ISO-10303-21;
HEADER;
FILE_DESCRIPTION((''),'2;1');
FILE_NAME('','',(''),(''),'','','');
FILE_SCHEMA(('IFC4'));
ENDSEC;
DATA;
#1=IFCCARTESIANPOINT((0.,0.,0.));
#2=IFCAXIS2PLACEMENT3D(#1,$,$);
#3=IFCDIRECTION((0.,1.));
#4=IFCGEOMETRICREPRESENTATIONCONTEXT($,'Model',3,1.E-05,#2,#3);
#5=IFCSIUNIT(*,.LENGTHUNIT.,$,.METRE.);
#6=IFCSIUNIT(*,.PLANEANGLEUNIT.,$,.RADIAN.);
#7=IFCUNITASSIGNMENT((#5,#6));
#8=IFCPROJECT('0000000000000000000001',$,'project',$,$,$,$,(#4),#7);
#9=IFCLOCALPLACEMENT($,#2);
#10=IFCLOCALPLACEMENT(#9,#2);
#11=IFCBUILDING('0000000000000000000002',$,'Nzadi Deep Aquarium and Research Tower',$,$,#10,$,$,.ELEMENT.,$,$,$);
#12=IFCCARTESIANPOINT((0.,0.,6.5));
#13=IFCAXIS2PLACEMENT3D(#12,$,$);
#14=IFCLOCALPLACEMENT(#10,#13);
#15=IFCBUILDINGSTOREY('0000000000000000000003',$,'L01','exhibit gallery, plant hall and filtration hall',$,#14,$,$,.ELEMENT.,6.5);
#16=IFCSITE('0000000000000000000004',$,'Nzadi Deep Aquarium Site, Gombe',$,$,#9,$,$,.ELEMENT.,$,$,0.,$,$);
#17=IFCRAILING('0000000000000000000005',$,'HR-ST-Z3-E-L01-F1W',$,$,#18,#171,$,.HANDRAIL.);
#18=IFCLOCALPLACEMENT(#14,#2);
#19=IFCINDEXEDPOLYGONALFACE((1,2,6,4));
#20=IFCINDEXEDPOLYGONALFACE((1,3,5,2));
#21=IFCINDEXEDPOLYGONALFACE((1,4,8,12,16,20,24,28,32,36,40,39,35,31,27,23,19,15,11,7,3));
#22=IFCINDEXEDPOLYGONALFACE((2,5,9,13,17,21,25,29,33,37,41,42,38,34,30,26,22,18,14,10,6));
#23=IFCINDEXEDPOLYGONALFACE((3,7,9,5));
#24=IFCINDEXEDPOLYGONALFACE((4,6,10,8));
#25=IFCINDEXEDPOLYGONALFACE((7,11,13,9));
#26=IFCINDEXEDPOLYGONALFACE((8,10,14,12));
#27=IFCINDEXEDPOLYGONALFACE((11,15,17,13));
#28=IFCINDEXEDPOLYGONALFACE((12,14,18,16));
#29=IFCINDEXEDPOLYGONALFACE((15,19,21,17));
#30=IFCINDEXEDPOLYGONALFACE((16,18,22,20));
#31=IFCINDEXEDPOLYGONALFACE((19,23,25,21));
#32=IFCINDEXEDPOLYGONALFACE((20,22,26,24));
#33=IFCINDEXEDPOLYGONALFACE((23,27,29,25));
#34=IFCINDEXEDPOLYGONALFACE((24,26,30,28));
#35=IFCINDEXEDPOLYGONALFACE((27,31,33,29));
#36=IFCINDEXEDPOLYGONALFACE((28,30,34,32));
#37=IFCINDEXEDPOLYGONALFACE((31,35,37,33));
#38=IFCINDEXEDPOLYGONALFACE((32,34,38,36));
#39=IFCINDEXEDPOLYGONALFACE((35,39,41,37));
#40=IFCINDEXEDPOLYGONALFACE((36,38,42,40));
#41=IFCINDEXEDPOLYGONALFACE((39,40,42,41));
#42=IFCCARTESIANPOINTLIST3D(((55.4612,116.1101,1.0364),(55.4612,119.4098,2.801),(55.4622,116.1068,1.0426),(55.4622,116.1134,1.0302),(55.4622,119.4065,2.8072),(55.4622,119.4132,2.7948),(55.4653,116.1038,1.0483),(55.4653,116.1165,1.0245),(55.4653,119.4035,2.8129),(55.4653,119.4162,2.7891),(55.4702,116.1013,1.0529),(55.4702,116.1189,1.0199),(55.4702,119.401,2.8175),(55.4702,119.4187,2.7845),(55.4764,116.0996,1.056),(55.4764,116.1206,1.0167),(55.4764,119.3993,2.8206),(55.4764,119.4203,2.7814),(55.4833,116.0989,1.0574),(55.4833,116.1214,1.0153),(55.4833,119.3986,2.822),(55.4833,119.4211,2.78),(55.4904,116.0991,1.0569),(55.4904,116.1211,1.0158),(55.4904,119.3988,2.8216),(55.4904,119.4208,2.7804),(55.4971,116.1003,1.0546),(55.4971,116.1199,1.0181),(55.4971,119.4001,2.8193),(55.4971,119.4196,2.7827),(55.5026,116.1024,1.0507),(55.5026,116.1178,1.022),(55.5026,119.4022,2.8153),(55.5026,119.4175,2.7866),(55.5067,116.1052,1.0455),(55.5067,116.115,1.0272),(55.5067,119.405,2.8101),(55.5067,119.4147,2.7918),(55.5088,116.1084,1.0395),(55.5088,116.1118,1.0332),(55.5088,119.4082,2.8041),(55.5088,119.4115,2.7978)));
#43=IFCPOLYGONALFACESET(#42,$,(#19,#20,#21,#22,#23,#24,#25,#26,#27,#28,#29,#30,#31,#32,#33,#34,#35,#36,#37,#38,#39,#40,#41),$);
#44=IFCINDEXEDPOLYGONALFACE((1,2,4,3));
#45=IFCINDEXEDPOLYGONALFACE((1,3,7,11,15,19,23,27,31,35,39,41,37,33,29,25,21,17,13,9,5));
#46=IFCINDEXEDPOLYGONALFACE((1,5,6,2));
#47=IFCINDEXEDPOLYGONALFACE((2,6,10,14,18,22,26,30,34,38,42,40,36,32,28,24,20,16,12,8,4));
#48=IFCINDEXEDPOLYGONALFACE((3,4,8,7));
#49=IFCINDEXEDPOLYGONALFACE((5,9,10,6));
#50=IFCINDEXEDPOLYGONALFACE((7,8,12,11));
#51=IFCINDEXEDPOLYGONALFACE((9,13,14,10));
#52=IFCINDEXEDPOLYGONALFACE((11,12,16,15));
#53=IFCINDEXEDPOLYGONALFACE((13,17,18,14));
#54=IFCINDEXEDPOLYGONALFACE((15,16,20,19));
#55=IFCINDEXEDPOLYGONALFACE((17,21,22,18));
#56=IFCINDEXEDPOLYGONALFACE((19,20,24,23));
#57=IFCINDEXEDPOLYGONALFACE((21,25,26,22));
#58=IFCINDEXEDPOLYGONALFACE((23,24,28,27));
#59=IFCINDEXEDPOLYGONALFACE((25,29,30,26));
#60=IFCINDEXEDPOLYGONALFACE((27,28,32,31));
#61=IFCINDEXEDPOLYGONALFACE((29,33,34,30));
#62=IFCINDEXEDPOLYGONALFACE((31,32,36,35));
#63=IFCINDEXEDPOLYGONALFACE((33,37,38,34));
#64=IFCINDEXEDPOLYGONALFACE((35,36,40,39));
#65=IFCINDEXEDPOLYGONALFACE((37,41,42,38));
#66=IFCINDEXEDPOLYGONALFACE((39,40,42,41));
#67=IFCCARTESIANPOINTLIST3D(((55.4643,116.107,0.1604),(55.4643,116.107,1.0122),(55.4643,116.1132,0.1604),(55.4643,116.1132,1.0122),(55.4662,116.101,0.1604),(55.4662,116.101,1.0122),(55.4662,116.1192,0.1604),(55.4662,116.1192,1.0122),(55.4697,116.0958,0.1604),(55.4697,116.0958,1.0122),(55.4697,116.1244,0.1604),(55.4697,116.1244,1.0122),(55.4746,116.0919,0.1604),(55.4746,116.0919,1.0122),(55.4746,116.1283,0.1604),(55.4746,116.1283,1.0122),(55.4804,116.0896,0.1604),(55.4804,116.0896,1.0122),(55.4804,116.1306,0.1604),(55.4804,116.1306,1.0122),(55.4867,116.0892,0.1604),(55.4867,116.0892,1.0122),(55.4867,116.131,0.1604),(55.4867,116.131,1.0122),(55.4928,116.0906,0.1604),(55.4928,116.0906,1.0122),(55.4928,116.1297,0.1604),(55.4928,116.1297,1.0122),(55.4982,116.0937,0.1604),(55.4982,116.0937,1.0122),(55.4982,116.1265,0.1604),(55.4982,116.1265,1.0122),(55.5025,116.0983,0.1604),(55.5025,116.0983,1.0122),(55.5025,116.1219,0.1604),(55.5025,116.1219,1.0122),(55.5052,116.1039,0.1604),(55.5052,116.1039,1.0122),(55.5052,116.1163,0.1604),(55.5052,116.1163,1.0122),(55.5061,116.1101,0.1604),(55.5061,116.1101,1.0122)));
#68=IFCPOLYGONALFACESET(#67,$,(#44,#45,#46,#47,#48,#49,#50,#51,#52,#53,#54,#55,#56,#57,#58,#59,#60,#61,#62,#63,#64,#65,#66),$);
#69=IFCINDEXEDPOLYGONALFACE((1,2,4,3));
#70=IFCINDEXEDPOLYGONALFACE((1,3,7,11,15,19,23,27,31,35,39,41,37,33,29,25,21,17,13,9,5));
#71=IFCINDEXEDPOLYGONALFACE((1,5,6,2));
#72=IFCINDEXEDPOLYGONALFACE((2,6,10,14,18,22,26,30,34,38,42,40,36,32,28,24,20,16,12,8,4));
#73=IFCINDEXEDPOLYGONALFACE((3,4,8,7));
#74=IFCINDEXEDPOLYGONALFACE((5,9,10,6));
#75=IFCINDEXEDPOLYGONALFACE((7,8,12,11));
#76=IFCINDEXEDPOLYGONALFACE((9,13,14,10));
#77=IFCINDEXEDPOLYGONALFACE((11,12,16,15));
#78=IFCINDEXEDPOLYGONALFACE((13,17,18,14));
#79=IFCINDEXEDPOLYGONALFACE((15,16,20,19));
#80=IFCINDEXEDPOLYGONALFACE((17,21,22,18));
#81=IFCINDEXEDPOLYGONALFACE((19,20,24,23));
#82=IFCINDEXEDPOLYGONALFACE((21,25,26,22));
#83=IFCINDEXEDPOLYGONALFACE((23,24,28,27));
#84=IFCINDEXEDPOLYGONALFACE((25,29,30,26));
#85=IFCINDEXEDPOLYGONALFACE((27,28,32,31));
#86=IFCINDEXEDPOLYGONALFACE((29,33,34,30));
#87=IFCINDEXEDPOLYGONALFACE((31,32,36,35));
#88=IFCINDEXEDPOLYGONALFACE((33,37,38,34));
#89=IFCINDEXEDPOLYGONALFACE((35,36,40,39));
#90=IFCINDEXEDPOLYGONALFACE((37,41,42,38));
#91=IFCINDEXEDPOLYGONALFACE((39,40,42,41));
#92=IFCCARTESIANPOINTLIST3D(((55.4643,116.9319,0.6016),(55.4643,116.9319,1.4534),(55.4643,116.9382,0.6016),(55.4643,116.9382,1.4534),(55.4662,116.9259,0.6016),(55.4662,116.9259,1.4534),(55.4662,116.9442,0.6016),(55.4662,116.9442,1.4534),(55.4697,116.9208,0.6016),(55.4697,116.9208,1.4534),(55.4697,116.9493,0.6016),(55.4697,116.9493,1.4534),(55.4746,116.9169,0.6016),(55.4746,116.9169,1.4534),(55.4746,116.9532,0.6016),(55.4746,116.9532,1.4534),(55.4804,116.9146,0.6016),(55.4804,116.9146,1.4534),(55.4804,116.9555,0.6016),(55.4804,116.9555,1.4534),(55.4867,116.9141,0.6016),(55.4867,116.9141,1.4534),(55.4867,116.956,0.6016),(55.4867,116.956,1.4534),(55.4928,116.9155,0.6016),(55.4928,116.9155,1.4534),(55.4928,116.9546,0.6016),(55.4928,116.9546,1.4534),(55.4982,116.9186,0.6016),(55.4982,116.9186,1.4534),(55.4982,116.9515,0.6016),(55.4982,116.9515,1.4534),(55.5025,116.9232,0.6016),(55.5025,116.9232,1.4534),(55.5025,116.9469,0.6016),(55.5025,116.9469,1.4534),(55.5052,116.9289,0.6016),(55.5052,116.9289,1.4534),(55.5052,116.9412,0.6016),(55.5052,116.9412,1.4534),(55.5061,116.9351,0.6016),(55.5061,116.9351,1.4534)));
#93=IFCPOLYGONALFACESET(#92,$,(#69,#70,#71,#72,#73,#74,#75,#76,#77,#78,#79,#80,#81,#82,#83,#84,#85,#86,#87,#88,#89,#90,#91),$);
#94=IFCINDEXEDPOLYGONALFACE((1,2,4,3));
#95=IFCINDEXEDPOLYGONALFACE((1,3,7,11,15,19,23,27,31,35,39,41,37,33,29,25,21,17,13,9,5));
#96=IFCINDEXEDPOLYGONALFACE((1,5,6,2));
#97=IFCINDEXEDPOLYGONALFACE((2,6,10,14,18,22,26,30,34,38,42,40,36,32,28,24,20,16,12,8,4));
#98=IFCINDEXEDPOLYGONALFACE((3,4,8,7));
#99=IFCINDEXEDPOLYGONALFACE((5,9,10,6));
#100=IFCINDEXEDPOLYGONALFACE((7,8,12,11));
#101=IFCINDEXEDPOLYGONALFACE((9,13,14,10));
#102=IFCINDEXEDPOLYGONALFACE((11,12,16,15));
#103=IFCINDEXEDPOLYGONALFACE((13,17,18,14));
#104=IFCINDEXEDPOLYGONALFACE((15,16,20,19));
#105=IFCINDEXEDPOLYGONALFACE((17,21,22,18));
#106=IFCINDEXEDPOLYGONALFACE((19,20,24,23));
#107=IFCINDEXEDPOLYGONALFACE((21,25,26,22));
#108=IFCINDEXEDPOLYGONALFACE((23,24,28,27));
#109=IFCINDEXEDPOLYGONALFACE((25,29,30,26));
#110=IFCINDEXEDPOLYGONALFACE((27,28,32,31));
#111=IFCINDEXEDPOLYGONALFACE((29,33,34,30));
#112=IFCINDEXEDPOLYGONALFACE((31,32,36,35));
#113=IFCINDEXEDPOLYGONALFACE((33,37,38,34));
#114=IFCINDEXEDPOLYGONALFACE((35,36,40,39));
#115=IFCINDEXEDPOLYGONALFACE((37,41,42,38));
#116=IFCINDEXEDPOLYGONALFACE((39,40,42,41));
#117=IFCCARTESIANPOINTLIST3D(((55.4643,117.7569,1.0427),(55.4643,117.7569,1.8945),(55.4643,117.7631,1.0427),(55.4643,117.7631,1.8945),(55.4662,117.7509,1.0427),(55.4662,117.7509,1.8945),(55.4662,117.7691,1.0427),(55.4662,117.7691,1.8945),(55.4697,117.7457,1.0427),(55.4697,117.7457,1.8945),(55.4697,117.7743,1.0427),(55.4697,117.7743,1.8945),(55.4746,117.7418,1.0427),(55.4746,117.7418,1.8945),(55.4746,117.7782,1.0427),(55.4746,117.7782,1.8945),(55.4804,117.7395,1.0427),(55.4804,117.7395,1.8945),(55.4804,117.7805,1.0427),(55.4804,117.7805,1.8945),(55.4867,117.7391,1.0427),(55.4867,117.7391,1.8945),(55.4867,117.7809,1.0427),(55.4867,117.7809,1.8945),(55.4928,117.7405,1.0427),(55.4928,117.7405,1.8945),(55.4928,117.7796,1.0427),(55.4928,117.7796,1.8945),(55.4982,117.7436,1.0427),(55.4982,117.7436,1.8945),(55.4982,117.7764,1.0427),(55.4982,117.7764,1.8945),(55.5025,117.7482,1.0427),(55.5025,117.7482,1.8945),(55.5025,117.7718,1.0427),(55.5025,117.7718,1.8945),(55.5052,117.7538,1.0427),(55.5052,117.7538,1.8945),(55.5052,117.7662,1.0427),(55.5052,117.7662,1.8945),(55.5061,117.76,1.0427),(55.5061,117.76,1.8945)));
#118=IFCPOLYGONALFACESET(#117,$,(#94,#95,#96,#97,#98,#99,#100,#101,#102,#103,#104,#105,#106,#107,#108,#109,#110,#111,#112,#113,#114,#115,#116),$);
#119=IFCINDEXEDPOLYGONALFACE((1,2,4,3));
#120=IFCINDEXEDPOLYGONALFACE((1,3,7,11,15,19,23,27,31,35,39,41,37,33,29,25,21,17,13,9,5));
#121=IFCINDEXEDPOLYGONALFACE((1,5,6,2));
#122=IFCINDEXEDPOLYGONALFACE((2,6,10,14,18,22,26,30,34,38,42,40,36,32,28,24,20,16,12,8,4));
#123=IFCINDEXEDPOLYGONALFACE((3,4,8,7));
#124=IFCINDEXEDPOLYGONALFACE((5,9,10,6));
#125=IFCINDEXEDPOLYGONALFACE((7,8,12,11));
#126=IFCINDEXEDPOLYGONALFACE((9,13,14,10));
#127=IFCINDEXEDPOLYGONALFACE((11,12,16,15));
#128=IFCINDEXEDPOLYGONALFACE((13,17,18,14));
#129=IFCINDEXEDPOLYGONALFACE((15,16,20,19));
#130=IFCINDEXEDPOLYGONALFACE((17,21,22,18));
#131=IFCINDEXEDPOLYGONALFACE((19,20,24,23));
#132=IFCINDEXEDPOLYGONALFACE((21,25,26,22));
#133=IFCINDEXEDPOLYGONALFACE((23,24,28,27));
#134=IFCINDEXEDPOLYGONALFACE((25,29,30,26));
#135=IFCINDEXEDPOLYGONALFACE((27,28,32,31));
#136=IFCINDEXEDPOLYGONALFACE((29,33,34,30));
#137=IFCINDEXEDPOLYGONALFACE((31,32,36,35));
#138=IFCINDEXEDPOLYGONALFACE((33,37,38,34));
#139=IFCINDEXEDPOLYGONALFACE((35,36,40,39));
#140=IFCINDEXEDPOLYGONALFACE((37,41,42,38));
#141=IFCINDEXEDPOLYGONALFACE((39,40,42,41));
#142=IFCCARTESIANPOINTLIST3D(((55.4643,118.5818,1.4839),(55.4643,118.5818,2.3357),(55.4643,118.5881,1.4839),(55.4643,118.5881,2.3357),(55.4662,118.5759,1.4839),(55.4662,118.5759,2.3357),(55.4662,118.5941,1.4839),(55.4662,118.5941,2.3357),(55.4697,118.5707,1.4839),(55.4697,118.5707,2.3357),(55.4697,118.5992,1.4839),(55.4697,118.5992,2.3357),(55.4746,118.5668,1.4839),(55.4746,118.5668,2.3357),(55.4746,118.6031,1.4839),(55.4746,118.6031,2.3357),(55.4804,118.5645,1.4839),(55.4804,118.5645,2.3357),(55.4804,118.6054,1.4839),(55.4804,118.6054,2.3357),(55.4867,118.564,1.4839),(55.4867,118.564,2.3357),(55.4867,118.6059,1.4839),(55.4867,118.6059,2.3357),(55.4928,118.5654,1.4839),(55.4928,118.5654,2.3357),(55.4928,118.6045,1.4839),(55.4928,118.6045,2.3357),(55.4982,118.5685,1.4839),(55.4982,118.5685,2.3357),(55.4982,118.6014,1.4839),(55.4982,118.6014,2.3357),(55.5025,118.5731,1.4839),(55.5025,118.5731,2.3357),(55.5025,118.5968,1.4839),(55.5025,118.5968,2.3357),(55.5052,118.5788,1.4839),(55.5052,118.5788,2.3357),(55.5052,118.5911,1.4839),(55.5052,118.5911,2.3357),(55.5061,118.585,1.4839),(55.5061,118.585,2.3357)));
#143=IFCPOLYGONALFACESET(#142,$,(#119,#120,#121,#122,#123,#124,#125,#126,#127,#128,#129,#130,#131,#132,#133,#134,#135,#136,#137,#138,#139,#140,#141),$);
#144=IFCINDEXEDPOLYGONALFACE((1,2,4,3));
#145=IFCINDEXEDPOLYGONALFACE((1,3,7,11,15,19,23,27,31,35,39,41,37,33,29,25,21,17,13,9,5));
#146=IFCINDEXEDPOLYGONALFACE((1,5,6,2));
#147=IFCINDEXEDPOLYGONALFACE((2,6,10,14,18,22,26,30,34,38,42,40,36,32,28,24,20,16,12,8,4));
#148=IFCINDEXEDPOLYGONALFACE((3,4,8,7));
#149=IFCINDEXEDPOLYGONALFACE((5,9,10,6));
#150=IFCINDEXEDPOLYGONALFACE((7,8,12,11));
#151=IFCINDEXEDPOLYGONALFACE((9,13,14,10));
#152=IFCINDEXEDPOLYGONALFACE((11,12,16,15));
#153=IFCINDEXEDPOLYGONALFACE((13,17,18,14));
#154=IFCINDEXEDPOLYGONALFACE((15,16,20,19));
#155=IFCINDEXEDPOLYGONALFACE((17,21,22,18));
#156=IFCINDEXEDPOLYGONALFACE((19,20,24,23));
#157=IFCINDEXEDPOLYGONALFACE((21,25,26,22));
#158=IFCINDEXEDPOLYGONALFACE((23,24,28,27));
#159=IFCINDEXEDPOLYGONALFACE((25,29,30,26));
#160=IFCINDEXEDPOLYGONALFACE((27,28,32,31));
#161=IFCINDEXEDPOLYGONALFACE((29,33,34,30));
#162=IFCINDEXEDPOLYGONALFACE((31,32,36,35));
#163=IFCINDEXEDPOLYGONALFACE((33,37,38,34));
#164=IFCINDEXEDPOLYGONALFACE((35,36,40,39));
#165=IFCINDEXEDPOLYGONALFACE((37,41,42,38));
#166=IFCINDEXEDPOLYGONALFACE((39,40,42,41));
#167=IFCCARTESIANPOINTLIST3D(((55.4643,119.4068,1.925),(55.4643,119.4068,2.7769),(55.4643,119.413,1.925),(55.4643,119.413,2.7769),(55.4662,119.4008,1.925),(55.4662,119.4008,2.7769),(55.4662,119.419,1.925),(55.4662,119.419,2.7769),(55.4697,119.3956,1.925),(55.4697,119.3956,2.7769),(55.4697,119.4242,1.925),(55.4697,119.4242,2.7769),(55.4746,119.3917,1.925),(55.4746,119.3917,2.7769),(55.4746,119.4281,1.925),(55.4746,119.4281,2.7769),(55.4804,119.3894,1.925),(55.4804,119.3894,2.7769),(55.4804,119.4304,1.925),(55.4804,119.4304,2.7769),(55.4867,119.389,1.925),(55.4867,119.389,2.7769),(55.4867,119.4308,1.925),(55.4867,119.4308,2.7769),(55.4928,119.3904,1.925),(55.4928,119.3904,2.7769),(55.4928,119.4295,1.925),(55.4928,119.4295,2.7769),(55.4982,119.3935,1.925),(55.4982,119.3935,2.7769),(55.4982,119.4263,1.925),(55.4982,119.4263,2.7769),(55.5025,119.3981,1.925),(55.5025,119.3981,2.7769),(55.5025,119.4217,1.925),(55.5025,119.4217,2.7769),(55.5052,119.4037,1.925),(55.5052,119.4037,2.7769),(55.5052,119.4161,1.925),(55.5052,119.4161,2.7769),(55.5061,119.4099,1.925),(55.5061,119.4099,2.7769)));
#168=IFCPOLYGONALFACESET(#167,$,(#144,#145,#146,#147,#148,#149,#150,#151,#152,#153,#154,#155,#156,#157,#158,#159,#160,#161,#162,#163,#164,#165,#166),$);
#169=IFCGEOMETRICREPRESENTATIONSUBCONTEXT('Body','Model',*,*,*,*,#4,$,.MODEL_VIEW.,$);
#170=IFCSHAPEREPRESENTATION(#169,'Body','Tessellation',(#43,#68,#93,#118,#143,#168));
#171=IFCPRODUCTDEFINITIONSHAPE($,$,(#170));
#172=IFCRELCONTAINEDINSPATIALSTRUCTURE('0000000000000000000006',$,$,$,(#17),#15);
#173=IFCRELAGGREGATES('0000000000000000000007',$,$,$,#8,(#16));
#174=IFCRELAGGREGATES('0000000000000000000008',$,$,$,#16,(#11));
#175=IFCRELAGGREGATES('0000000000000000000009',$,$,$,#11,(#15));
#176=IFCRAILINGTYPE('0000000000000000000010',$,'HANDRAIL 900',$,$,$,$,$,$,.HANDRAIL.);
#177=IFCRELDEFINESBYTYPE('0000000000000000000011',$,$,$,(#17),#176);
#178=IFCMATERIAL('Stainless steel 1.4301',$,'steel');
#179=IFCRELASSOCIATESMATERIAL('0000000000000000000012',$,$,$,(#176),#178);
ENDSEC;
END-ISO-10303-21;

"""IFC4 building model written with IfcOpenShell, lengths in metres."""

from ifc_helpers import new_model, si_unit, direction, frame, origin, origin_2d, place, context, subcontext, project, spatial, circle, extrude, material, type_object, element, save


model = new_model("IFC4")

# Units and contexts
model_context = context("Model", 3, precision=1e-05, world=origin(), true_north=direction((0.0, 1.0)))
body_context = subcontext(model_context, "Body", "Model", "MODEL_VIEW")
ifc_project = project(units=[si_unit("LENGTHUNIT", "METRE"), si_unit("PLANEANGLEUNIT", "RADIAN")], contexts=[model_context])

# Site, building, storey
site_placement = place(None, origin())
site = spatial("IfcSite", under=ifc_project, at=site_placement, Name="Nzadi Deep Aquarium Site, Gombe", CompositionType="ELEMENT", RefElevation=0.0)
building_placement = place(site_placement, origin())
building = spatial("IfcBuilding", under=site, at=building_placement, Name="Nzadi Deep Aquarium and Research Tower", CompositionType="ELEMENT")
storey_placement = place(building_placement, frame((0.0, 0.0, 6.5)))
storey = spatial("IfcBuildingStorey", under=building, at=storey_placement, Name="L01", Description="exhibit gallery, plant hall and filtration hall", CompositionType="ELEMENT", Elevation=6.5)

# Railing
ifc_material_1 = material(Name="Stainless steel 1.4301", Category="steel")
railing_type = type_object("IfcRailingType", Name="HANDRAIL 900", PredefinedType="HANDRAIL", material=ifc_material_1)
for number, where, name in (
    (1, (55.4851, 116.1101, 0.1604), "HR-ST-Z3-E-L01-F1W"),
):
    element("IfcRailing", number, at=place(storey_placement, frame(where)), inside=storey, type_object=railing_type, Name=name, PredefinedType="HANDRAIL", context=body_context, shape_type="SweptSolid", body=[
        extrude(circle(Radius=0.0239, at=origin_2d()), frame((0.0, 0.0, 0.876), z_axis=(0.0, 0.881825, 0.471577), x_axis=(-1.0, 0.0, 0.0)), (0.0, 0.0, 1.0), 3.7419),
        extrude(circle(Radius=0.021, at=origin_2d()), origin(), (0.0, 0.0, 1.0), 0.8518),
        extrude(circle(Radius=0.021, at=origin_2d()), frame((0.0, 0.825, 0.4412)), (0.0, 0.0, 1.0), 0.8518),
        extrude(circle(Radius=0.021, at=origin_2d()), frame((0.0, 1.6499, 0.8823)), (0.0, 0.0, 1.0), 0.8518),
        extrude(circle(Radius=0.021, at=origin_2d()), frame((0.0, 2.4749, 1.3235)), (0.0, 0.0, 1.0), 0.8518),
        extrude(circle(Radius=0.021, at=origin_2d()), frame((0.0, 3.2998, 1.7646)), (0.0, 0.0, 1.0), 0.8518),
    ])

save(model, "model.ifc")
